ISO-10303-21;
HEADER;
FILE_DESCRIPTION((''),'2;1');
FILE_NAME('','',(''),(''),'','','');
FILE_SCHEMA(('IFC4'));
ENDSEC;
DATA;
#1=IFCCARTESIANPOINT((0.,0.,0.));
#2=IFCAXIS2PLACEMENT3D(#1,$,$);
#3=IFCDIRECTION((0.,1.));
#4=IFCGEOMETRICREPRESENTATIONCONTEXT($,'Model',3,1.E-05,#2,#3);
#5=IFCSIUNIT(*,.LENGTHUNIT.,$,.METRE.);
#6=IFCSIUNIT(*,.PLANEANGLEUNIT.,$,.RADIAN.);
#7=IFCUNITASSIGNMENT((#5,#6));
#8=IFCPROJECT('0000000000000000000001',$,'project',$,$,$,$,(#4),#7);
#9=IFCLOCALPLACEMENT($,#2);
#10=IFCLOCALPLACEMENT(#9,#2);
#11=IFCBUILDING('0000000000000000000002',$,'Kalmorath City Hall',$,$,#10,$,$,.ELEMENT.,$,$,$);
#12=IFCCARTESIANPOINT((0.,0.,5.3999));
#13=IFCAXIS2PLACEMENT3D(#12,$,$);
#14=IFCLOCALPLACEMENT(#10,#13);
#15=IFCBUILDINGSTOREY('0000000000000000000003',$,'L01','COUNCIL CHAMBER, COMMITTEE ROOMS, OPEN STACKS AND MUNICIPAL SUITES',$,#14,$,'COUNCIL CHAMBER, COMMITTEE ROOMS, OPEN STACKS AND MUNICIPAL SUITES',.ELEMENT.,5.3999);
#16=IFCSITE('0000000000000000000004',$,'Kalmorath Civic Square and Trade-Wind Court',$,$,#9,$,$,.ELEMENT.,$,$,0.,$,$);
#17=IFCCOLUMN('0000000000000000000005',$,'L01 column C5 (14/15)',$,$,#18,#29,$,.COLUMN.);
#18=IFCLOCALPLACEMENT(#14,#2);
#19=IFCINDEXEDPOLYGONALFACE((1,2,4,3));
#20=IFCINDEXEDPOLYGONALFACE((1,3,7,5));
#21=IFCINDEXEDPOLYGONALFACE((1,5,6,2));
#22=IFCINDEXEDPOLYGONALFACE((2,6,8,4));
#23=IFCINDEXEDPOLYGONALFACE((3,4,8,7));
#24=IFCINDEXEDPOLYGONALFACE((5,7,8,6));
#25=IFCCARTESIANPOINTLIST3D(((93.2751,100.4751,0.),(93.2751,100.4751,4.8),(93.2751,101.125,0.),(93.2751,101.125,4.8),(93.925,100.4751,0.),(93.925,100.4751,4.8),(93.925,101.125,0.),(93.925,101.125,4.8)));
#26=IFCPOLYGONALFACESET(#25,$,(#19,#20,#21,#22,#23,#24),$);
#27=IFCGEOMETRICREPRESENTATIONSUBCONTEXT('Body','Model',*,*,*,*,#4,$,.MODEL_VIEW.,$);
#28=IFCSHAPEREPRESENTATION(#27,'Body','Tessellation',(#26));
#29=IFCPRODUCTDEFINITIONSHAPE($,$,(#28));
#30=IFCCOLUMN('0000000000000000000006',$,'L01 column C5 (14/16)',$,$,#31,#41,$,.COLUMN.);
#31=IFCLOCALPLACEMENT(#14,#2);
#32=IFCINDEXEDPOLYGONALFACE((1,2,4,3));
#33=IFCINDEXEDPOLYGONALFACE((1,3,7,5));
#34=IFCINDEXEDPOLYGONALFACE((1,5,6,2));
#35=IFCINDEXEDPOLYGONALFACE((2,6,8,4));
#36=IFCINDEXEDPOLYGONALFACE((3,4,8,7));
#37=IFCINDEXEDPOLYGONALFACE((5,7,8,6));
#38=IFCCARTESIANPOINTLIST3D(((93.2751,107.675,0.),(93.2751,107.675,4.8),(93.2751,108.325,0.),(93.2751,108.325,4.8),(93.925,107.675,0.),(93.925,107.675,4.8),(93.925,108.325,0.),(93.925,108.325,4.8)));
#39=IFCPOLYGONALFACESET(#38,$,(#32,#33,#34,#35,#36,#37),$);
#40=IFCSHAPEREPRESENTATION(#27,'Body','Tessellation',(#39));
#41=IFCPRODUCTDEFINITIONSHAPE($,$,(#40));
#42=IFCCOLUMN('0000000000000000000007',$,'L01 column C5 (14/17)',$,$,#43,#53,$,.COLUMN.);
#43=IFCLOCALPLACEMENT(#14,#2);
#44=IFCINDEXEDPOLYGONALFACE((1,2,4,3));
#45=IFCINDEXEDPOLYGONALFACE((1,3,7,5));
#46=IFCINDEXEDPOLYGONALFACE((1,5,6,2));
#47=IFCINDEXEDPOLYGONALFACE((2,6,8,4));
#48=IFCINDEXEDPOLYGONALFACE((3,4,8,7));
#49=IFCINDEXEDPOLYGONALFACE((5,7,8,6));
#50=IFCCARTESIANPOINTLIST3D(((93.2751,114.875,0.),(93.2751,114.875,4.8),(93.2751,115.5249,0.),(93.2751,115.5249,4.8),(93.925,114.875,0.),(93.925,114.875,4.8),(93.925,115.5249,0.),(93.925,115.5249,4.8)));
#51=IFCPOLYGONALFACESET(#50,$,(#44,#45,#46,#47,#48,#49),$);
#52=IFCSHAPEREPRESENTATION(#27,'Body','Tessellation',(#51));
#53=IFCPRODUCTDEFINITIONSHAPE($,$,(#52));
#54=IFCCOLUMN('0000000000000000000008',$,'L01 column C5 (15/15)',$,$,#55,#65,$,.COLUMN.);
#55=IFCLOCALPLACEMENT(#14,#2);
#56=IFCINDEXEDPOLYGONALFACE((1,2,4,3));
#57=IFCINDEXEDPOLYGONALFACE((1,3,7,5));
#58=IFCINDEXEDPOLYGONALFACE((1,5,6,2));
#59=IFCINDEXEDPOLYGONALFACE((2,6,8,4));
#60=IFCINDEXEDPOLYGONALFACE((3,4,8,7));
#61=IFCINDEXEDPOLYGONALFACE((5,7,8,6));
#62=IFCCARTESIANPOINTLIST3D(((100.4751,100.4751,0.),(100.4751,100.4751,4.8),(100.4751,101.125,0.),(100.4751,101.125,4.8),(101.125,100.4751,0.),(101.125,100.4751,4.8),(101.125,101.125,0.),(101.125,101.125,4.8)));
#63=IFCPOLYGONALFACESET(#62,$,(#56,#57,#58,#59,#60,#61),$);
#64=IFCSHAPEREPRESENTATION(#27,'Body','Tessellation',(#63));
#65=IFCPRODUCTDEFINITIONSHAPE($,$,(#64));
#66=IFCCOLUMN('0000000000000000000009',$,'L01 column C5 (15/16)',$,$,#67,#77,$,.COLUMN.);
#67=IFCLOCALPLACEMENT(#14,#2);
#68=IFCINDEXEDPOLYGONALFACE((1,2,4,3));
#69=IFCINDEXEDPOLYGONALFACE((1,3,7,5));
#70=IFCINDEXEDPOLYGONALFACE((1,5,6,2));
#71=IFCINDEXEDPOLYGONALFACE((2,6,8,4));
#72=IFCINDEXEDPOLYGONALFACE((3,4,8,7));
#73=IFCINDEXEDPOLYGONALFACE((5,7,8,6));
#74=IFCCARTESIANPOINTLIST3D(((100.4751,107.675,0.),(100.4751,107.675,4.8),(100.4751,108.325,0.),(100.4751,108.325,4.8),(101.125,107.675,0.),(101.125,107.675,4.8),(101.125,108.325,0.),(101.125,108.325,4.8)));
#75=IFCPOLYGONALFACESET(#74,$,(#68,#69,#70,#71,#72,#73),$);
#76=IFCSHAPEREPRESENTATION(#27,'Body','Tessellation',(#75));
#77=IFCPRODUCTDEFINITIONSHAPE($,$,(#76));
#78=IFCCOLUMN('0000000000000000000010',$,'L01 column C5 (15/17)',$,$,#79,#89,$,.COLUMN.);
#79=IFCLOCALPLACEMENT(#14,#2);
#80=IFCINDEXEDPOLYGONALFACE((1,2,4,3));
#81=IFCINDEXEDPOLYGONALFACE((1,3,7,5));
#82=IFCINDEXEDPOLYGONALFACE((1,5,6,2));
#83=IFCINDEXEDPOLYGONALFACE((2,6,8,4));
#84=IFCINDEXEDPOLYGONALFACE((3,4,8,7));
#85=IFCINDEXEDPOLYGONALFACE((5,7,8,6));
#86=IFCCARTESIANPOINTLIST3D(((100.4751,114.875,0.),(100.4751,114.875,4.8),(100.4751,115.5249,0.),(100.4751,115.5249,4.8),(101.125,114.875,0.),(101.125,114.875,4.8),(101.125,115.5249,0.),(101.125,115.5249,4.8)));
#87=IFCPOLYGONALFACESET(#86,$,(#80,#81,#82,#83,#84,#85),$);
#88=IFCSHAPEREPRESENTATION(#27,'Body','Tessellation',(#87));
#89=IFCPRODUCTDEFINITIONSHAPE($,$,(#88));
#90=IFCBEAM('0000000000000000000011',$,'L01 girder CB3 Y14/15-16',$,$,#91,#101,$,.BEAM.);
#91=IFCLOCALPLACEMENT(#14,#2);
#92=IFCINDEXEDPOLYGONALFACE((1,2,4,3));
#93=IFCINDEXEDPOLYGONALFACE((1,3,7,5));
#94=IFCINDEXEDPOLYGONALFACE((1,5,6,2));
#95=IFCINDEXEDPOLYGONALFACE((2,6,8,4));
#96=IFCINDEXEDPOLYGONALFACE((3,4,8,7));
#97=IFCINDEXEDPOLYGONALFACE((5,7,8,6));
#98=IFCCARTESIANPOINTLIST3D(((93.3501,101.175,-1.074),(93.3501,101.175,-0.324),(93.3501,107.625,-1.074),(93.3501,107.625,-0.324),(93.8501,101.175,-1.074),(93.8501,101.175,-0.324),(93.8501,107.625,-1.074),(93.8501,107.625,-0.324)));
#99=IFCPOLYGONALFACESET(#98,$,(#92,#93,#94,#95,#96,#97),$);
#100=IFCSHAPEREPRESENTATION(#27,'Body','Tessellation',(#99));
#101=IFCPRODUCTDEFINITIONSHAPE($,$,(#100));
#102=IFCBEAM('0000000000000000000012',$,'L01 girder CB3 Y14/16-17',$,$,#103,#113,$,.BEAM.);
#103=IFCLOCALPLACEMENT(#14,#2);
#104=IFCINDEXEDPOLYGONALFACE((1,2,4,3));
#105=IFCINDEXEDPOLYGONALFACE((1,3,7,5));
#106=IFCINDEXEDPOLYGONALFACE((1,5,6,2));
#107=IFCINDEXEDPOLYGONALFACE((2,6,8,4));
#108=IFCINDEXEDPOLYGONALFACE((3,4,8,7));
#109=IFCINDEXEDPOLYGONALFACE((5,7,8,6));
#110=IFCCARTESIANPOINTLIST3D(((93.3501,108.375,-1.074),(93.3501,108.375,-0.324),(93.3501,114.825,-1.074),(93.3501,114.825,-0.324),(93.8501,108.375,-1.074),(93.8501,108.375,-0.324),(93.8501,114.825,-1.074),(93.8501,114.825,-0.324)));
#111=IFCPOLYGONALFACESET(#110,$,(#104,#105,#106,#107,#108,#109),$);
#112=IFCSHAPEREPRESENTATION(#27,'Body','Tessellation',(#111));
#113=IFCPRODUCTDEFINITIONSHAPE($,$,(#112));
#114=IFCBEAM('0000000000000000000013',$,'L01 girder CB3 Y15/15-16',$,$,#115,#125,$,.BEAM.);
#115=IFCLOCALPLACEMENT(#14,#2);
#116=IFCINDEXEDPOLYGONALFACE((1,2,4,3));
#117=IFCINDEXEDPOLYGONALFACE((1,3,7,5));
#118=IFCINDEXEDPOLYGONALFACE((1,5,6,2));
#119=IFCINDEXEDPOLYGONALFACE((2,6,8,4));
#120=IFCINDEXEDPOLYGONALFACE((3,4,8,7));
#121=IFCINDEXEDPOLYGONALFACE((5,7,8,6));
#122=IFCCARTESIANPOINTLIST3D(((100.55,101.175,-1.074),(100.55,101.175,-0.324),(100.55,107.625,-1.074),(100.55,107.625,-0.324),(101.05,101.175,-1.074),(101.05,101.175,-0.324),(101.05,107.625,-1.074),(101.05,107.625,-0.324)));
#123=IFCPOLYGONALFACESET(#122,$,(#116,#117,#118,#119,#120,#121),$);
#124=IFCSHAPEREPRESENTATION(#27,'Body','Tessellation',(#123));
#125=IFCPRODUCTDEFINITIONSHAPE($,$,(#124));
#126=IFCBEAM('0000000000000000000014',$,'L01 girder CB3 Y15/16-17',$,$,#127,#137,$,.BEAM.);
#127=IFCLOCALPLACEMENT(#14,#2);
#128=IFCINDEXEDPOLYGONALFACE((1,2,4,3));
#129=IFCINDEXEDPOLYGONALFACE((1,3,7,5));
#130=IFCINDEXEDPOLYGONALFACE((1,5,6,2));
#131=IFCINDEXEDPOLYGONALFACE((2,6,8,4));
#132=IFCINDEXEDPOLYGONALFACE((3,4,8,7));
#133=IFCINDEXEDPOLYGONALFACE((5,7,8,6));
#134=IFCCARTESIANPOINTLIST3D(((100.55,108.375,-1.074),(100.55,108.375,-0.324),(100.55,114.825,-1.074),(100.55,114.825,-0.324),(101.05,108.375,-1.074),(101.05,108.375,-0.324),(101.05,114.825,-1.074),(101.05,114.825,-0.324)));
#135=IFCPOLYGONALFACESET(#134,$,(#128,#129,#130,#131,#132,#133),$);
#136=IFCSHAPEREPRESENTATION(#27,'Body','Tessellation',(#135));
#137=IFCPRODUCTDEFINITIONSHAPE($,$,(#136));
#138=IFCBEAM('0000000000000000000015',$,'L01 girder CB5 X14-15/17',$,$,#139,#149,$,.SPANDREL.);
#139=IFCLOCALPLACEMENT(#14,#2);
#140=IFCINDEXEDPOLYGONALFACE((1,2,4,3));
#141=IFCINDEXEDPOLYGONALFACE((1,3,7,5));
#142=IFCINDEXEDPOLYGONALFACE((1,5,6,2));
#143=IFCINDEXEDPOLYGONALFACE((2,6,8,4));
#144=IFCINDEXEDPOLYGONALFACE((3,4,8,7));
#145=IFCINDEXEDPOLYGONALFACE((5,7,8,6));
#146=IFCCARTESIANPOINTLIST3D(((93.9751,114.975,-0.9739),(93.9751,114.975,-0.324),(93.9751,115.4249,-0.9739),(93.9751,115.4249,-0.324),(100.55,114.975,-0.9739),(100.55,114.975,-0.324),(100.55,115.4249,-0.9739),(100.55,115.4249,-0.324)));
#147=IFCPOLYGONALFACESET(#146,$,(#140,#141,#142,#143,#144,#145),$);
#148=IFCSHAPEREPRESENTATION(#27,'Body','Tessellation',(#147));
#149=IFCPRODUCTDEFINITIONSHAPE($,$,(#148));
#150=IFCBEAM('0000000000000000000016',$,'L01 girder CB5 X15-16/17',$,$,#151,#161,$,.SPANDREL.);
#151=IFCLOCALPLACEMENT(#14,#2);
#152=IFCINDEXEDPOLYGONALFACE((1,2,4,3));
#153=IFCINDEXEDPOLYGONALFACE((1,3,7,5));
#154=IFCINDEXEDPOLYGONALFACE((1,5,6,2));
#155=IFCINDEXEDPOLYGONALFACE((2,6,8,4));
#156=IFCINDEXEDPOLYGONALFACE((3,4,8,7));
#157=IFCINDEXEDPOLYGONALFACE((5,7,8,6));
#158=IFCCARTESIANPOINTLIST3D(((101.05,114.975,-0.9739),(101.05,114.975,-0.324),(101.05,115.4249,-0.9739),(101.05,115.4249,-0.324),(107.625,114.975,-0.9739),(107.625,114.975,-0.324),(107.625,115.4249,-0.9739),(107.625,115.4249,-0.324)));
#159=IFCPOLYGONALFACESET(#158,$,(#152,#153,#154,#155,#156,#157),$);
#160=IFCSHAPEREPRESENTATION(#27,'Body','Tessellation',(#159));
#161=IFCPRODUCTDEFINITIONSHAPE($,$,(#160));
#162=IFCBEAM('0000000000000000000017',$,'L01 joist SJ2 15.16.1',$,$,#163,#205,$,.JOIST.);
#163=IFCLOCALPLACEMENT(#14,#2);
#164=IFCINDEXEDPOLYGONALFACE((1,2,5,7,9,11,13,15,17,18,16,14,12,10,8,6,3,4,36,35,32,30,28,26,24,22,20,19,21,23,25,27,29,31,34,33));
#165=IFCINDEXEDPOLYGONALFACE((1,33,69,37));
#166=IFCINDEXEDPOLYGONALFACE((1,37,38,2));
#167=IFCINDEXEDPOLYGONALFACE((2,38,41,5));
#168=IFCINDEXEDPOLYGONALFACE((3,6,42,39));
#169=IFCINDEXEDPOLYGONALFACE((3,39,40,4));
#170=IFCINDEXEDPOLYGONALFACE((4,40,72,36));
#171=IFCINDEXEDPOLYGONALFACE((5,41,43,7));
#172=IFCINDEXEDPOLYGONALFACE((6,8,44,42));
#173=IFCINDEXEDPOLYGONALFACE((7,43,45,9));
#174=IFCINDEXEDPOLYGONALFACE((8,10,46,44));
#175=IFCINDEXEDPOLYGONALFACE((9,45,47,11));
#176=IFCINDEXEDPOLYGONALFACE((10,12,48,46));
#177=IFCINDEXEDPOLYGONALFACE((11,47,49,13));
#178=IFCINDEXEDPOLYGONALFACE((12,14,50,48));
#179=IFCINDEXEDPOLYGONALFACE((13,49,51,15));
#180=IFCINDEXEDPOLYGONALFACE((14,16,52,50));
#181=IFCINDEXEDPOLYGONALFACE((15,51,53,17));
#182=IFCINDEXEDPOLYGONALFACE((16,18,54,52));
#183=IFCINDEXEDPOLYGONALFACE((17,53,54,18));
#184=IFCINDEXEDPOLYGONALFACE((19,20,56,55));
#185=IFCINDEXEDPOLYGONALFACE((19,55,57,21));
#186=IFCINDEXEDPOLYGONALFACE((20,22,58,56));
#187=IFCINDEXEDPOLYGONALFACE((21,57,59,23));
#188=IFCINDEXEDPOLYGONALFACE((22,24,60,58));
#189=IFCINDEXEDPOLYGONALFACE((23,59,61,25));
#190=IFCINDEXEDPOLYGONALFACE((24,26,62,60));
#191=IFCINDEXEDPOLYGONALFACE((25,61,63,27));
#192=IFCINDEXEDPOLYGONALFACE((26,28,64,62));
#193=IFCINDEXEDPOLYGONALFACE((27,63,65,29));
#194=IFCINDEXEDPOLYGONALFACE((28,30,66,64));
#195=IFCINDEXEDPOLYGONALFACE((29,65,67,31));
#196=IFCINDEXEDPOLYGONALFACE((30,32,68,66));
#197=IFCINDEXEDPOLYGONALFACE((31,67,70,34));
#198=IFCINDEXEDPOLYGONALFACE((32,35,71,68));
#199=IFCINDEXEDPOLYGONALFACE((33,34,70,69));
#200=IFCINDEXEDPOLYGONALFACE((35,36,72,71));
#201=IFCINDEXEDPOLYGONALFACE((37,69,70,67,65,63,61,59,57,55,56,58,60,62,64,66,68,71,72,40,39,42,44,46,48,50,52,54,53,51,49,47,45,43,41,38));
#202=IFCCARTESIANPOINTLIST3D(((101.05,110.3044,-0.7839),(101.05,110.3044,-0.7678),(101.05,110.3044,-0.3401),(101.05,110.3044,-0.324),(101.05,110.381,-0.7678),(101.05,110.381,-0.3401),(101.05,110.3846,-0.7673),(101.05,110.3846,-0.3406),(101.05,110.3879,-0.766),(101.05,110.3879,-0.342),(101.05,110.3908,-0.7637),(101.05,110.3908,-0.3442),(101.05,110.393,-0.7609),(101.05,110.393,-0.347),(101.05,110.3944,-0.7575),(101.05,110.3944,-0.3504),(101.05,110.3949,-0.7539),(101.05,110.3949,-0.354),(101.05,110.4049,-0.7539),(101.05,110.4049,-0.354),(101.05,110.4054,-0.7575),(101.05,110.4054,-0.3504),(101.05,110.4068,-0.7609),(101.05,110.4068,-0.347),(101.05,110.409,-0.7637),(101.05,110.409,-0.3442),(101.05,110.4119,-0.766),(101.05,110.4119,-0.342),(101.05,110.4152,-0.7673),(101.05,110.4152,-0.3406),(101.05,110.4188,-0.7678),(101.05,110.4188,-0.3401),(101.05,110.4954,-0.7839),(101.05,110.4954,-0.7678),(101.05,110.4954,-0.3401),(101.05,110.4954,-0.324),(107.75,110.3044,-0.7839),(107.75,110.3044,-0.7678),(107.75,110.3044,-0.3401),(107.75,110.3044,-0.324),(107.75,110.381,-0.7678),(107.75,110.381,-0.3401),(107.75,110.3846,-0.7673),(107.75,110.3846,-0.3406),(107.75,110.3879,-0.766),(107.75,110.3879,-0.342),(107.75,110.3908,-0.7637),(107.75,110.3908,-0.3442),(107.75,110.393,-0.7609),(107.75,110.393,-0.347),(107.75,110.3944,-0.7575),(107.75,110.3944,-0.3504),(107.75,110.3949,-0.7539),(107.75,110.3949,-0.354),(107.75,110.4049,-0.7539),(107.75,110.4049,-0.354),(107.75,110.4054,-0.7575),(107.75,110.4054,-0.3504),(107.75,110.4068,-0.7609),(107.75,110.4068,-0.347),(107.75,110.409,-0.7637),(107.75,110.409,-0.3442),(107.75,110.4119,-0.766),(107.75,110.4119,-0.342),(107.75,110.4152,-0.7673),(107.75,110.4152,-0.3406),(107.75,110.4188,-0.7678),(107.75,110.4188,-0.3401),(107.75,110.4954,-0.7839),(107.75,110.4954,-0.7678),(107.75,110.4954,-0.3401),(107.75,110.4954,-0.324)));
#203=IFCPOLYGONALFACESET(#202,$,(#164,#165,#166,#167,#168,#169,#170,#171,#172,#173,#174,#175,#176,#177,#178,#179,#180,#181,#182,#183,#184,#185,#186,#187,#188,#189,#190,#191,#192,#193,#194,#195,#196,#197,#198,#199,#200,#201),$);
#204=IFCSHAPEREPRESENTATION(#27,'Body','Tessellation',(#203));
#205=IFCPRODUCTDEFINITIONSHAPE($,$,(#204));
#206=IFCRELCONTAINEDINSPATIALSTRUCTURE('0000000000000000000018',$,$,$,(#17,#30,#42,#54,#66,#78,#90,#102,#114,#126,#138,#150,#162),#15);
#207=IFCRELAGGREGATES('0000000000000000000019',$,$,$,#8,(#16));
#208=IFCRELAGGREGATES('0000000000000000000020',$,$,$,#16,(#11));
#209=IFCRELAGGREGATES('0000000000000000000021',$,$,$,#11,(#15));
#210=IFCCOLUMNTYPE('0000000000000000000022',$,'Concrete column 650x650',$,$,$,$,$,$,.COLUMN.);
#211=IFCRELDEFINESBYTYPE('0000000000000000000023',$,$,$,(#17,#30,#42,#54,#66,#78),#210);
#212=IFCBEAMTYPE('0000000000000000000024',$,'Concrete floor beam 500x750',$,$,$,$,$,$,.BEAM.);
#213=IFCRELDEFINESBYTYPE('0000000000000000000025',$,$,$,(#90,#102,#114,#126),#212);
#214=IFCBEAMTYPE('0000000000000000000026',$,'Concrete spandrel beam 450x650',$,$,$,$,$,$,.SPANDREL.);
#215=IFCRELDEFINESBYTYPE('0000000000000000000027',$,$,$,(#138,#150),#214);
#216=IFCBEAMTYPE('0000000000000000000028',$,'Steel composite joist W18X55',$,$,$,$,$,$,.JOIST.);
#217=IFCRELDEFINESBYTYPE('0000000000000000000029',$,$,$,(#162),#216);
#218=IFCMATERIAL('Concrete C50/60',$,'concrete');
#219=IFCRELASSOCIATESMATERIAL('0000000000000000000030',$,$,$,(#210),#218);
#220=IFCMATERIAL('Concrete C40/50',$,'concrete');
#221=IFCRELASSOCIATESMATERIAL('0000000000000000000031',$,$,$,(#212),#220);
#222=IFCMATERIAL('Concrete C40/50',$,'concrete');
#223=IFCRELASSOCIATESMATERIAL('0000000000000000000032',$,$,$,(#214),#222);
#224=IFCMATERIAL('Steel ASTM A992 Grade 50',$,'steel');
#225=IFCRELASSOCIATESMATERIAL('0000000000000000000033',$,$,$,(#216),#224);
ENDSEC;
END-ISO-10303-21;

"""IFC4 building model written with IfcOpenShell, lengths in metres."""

from ifc_helpers import new_model, si_unit, direction, frame, origin, origin_2d, place, context, subcontext, project, spatial, rectangle, i_section, extrude, material, material_profile, profile_set, type_object, element, save


model = new_model("IFC4")

# Units and contexts
model_context = context("Model", 3, precision=1e-05, world=origin(), true_north=direction((0.0, 1.0)))
body_context = subcontext(model_context, "Body", "Model", "MODEL_VIEW")
ifc_project = project(units=[si_unit("LENGTHUNIT", "METRE"), si_unit("PLANEANGLEUNIT", "RADIAN")], contexts=[model_context])

# Site, building, storey
site_placement = place(None, origin())
site = spatial("IfcSite", under=ifc_project, at=site_placement, Name="Kalmorath Civic Square and Trade-Wind Court", CompositionType="ELEMENT", RefElevation=0.0)
building_placement = place(site_placement, origin())
building = spatial("IfcBuilding", under=site, at=building_placement, Name="Kalmorath City Hall", CompositionType="ELEMENT")
storey_placement = place(building_placement, frame((0.0, 0.0, 5.3999)))
storey = spatial("IfcBuildingStorey", under=building, at=storey_placement, Name="L01", Description="COUNCIL CHAMBER, COMMITTEE ROOMS, OPEN STACKS AND MUNICIPAL SUITES", LongName="COUNCIL CHAMBER, COMMITTEE ROOMS, OPEN STACKS AND MUNICIPAL SUITES", CompositionType="ELEMENT", Elevation=5.3999)

# Columns
ifc_material_1 = material(Name="Concrete C50/60", Category="concrete")
ifc_material_profile_1 = material_profile(ifc_material_1, rectangle(XDim=0.6499, YDim=0.6499, at=origin_2d()), Name="RC-COL-650X650")
ifc_profile_set_1 = profile_set([ifc_material_profile_1], Name="Concrete C50/60")
column_type = type_object("IfcColumnType", Name="Concrete column 650x650", PredefinedType="COLUMN", material=ifc_profile_set_1)
for number, where, z_axis, x_axis, name in (
    (1, (93.6001, 100.8, 0.0), (0.0, 0.0, 1.0), (1.0, 0.0, 0.0), "L01 column C5 (14/15)"),
    (2, (93.6001, 108.0, 0.0), (0.0, 0.0, 1.0), (1.0, 0.0, 0.0), "L01 column C5 (14/16)"),
    (3, (93.6001, 115.2, 0.0), (0.0, 0.0, 1.0), (1.0, 0.0, 0.0), "L01 column C5 (14/17)"),
    (4, (100.8, 100.8, 0.0), (0.0, 0.0, 1.0), (1.0, 0.0, 0.0), "L01 column C5 (15/15)"),
    (5, (100.8, 108.0, 0.0), (0.0, 0.0, 1.0), (1.0, 0.0, 0.0), "L01 column C5 (15/16)"),
    (6, (100.8, 115.2, 0.0), (0.0, 0.0, 1.0), (1.0, 0.0, 0.0), "L01 column C5 (15/17)"),
):
    element("IfcColumn", number, at=place(storey_placement, frame(where, z_axis=z_axis, x_axis=x_axis)), inside=storey, type_object=column_type, Name=name, PredefinedType="COLUMN", context=body_context, shape_type="SweptSolid", body=[
        extrude(rectangle(XDim=0.6499, YDim=0.6499, at=origin_2d()), origin(), (0.0, 0.0, 1.0), 4.8),
    ])

# Beams
ifc_material_2 = material(Name="Concrete C40/50", Category="concrete")
ifc_material_profile_2 = material_profile(ifc_material_2, rectangle(XDim=0.5, YDim=0.75, at=origin_2d()), Name="RC-BM-500X750")
ifc_profile_set_2 = profile_set([ifc_material_profile_2], Name="Concrete C40/50")
beam_type_1 = type_object("IfcBeamType", Name="Concrete floor beam 500x750", PredefinedType="BEAM", material=ifc_profile_set_2)
for number, where, z_axis, x_axis, name in (
    (7, (93.6001, 101.175, -0.699), (0.0, 1.0, 0.0), (-1.0, 0.0, 0.0), "L01 girder CB3 Y14/15-16"),
    (8, (93.6001, 108.375, -0.699), (0.0, 1.0, 0.0), (-1.0, 0.0, 0.0), "L01 girder CB3 Y14/16-17"),
    (9, (100.8, 101.175, -0.699), (0.0, 1.0, 0.0), (-1.0, 0.0, 0.0), "L01 girder CB3 Y15/15-16"),
    (10, (100.8, 108.375, -0.699), (0.0, 1.0, 0.0), (-1.0, 0.0, 0.0), "L01 girder CB3 Y15/16-17"),
):
    element("IfcBeam", number, at=place(storey_placement, frame(where, z_axis=z_axis, x_axis=x_axis)), inside=storey, type_object=beam_type_1, Name=name, PredefinedType="BEAM", context=body_context, shape_type="SweptSolid", body=[
        extrude(rectangle(XDim=0.5, YDim=0.75, at=origin_2d()), origin(), (0.0, 0.0, 1.0), 6.45),
    ])
ifc_material_3 = material(Name="Concrete C40/50", Category="concrete")
ifc_material_profile_3 = material_profile(ifc_material_3, rectangle(XDim=0.45, YDim=0.6499, at=origin_2d()), Name="RC-BM-450X650")
ifc_profile_set_3 = profile_set([ifc_material_profile_3], Name="Concrete C40/50")
beam_type_2 = type_object("IfcBeamType", Name="Concrete spandrel beam 450x650", PredefinedType="SPANDREL", material=ifc_profile_set_3)
for number, where, z_axis, x_axis, name in (
    (11, (93.9751, 115.2, -0.6489), (1.0, 0.0, 0.0), (0.0, 1.0, 0.0), "L01 girder CB5 X14-15/17"),
    (12, (101.05, 115.2, -0.6489), (1.0, 0.0, 0.0), (0.0, 1.0, 0.0), "L01 girder CB5 X15-16/17"),
):
    element("IfcBeam", number, at=place(storey_placement, frame(where, z_axis=z_axis, x_axis=x_axis)), inside=storey, type_object=beam_type_2, Name=name, PredefinedType="SPANDREL", context=body_context, shape_type="SweptSolid", body=[
        extrude(rectangle(XDim=0.45, YDim=0.6499, at=origin_2d()), origin(), (0.0, 0.0, 1.0), 6.575),
    ])
ifc_material_4 = material(Name="Steel ASTM A992 Grade 50", Category="steel")
ifc_material_profile_4 = material_profile(ifc_material_4, i_section(OverallWidth=0.1909, OverallDepth=0.46, WebThickness=0.01, FlangeThickness=0.0161, FilletRadius=0.0139, at=origin_2d()), Name="W18X55")
ifc_profile_set_4 = profile_set([ifc_material_profile_4], Name="Steel ASTM A992 Grade 50")
beam_type_3 = type_object("IfcBeamType", Name="Steel composite joist W18X55", PredefinedType="JOIST", material=ifc_profile_set_4)
for number, where, z_axis, x_axis, name in (
    (13, (101.05, 110.3999, -0.554), (1.0, 0.0, 0.0), (0.0, 1.0, 0.0), "L01 joist SJ2 15.16.1"),
):
    element("IfcBeam", number, at=place(storey_placement, frame(where, z_axis=z_axis, x_axis=x_axis)), inside=storey, type_object=beam_type_3, Name=name, PredefinedType="JOIST", context=body_context, shape_type="SweptSolid", body=[
        extrude(i_section(OverallWidth=0.1909, OverallDepth=0.46, WebThickness=0.01, FlangeThickness=0.0161, FilletRadius=0.0139, at=origin_2d()), origin(), (0.0, 0.0, 1.0), 6.7),
    ])

save(model, "model.ifc")
